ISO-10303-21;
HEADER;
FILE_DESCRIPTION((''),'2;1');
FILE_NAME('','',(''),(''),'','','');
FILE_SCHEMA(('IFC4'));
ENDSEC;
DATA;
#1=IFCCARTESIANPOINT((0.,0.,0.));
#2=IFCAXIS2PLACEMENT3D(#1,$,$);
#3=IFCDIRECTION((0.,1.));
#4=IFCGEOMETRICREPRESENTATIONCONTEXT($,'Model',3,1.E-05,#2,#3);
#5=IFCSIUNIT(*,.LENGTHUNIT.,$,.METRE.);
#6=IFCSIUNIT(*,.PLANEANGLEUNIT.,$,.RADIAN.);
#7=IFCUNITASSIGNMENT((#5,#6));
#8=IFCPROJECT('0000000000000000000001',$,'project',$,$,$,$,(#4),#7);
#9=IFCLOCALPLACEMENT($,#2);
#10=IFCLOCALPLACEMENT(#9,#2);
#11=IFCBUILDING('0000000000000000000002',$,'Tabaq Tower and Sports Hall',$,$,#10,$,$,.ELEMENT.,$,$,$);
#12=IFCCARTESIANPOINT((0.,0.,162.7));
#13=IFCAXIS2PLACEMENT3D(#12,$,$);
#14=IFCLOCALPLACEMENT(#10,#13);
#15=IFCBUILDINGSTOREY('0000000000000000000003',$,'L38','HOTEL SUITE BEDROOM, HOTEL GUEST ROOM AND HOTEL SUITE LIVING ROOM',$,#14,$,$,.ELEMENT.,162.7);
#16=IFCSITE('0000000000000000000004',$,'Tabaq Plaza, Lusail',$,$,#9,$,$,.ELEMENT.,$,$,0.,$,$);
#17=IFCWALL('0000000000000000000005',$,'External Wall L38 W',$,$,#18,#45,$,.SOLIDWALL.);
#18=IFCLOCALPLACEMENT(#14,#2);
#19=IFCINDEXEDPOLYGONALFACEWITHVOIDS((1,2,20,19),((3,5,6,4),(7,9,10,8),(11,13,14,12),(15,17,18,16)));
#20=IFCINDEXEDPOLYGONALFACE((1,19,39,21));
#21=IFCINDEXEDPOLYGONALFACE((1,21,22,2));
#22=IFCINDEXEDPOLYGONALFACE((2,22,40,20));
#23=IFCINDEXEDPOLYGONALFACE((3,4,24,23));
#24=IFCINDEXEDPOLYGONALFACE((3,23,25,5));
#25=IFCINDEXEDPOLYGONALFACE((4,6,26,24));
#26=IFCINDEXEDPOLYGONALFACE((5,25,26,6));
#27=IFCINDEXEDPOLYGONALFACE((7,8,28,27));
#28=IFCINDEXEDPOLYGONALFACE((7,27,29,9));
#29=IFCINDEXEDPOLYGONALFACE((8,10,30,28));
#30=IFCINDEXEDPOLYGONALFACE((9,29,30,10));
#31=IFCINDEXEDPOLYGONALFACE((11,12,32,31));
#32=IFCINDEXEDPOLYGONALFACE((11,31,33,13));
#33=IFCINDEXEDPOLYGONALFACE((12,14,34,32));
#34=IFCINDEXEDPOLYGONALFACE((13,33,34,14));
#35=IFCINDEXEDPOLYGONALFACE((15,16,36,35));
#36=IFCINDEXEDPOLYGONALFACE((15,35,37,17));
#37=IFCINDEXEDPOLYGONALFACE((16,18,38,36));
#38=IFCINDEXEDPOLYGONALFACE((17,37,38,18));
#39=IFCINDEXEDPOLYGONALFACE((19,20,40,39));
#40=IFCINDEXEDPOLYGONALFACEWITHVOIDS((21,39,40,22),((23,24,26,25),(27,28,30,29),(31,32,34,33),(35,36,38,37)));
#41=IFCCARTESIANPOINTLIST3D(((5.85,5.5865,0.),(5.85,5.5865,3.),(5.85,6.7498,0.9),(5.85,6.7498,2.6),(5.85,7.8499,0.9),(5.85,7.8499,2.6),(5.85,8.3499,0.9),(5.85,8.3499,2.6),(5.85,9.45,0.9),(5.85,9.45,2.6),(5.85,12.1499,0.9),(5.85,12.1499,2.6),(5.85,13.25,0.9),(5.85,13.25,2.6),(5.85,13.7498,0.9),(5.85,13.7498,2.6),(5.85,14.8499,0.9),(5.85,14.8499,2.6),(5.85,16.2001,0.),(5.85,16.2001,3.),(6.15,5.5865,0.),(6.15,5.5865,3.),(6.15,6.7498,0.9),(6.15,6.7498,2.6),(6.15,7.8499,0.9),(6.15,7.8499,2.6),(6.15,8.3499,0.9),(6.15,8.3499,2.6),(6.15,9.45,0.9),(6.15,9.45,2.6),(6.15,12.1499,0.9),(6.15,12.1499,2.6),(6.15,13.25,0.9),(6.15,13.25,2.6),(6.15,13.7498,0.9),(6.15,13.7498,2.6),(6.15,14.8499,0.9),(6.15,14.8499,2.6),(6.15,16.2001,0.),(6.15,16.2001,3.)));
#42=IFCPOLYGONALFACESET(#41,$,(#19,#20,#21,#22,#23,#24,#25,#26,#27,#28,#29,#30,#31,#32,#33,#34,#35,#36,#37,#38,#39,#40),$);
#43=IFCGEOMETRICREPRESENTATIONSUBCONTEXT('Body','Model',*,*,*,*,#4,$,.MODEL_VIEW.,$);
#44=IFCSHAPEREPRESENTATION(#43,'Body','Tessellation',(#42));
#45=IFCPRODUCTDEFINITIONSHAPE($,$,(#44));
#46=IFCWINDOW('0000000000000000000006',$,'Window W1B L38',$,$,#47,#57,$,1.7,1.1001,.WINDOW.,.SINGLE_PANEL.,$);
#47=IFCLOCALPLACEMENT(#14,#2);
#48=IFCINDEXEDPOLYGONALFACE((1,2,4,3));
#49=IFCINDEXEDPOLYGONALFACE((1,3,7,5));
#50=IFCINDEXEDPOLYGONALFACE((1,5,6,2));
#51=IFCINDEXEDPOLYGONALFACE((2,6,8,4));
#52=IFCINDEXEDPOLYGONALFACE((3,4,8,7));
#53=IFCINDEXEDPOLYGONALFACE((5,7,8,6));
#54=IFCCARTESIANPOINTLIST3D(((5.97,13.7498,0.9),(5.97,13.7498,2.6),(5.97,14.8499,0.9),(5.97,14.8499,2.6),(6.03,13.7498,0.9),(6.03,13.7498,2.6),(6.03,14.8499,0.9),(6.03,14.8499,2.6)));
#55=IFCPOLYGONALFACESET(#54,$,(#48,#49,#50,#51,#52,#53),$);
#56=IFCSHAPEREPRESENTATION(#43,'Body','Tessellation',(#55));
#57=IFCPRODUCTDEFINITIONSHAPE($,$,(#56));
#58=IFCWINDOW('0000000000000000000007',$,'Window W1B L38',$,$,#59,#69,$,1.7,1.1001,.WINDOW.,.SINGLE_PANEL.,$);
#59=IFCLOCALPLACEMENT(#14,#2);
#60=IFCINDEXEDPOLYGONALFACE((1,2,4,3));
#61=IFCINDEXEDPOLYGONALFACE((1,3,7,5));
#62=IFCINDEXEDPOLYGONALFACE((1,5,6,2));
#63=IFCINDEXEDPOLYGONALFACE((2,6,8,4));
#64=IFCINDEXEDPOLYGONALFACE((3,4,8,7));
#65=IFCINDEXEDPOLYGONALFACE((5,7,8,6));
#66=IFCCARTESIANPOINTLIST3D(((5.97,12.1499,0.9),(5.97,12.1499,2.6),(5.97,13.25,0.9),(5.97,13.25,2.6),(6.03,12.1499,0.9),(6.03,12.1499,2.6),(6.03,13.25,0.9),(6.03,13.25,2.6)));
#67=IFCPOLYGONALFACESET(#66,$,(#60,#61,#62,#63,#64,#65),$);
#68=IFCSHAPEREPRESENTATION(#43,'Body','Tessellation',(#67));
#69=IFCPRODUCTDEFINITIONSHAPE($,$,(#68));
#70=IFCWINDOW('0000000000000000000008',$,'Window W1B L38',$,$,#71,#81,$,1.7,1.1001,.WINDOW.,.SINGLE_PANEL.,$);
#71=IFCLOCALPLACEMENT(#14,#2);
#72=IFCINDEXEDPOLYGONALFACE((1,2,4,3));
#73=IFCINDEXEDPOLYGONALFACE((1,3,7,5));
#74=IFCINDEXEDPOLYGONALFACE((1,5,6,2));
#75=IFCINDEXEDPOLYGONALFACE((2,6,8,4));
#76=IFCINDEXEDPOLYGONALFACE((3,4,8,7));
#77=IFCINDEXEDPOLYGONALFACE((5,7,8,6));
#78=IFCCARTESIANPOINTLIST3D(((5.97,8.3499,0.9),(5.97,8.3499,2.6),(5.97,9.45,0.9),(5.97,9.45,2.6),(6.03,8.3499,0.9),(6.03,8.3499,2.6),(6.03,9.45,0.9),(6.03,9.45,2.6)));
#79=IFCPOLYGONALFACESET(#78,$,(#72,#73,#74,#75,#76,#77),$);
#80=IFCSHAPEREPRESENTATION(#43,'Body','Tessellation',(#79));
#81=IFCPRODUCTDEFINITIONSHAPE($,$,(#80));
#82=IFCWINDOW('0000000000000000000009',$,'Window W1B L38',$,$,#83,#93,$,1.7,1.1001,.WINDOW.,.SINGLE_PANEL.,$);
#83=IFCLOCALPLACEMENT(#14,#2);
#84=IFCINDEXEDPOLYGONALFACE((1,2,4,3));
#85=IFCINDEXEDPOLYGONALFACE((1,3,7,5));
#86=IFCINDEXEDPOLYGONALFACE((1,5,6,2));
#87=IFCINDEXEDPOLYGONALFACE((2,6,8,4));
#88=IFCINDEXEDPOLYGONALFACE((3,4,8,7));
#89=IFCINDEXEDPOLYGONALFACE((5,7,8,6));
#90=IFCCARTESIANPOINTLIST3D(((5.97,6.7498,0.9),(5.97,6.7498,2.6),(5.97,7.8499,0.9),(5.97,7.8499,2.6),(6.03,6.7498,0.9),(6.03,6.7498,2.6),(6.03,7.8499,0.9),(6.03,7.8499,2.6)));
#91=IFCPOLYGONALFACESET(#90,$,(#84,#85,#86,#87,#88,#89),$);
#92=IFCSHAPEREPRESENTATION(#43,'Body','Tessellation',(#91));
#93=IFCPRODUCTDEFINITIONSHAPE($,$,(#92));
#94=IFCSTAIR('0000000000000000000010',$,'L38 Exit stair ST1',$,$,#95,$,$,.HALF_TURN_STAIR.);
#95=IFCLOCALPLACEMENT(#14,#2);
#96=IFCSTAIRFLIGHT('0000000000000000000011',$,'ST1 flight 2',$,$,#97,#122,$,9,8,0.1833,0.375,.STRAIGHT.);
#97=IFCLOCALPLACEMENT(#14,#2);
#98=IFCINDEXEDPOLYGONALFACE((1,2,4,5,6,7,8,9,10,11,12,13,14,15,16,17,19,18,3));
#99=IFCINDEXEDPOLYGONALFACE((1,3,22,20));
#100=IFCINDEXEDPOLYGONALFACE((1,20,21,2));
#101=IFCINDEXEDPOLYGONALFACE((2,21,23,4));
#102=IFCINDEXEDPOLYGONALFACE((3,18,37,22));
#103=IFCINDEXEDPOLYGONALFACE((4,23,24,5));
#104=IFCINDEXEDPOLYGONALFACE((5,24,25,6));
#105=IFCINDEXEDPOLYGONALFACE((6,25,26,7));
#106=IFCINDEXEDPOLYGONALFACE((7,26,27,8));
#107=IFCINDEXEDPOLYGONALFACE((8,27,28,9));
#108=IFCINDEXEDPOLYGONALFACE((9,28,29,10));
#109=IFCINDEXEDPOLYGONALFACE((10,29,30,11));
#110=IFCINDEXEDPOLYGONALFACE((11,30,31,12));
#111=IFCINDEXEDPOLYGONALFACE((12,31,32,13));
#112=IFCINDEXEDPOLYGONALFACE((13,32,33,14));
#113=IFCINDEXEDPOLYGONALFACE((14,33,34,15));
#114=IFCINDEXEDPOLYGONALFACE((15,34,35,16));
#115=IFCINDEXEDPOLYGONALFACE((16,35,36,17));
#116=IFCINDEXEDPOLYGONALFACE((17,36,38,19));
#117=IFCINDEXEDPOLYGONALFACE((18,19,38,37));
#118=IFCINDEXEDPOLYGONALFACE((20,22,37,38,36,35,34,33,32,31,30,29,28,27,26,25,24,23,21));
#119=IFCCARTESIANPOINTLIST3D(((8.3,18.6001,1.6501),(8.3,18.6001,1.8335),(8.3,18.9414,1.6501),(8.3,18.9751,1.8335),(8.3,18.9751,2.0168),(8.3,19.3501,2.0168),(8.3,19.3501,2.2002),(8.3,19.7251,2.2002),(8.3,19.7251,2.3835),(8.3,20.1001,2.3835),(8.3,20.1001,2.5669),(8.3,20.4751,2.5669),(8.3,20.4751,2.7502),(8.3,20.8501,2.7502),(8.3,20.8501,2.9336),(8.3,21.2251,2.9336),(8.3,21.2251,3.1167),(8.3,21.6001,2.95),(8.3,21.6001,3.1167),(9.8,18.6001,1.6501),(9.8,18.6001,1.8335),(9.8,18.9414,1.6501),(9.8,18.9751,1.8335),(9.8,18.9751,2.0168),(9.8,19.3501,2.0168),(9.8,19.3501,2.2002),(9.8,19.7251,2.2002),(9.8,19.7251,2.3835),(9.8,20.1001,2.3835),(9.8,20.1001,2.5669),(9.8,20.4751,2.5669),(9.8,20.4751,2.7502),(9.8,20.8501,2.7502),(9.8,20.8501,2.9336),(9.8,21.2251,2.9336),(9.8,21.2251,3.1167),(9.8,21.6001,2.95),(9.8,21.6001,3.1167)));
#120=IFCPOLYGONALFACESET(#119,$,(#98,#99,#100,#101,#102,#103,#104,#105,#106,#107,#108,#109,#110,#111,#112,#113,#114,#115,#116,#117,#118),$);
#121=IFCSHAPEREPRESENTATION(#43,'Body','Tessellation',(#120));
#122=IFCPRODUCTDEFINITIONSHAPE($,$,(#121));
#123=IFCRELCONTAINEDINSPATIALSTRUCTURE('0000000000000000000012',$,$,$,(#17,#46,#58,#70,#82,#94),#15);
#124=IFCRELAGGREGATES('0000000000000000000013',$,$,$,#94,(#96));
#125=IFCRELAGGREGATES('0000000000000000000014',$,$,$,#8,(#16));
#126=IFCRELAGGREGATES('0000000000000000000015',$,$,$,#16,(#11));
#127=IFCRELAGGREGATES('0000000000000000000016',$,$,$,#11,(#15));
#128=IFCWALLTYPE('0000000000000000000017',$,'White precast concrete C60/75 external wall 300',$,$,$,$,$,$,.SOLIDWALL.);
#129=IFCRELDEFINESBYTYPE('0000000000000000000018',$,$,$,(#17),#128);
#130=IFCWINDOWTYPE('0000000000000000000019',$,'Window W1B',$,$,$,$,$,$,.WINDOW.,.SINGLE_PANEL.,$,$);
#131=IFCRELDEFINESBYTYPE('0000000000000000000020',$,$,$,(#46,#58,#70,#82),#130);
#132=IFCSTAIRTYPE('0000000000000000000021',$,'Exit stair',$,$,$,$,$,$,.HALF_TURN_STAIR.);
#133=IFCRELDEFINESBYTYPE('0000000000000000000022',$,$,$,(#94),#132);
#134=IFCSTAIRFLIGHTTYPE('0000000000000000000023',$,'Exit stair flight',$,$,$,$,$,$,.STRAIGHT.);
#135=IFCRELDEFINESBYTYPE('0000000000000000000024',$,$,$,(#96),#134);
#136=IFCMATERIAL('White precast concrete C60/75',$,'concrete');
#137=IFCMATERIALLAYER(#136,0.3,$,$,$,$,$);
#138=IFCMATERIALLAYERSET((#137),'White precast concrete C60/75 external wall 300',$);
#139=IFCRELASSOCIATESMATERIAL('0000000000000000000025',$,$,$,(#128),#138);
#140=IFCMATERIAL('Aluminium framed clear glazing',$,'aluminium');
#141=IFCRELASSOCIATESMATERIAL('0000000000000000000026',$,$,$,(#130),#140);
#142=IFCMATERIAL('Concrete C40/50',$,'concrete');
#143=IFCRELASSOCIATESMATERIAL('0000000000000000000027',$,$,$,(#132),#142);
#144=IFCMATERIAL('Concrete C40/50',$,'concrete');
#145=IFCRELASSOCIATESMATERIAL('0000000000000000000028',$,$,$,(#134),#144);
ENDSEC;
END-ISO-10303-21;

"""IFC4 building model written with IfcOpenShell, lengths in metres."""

from ifc_helpers import new_model, si_unit, direction, frame, frame_2d, origin, place, context, subcontext, project, spatial, polyline, rectangle, outline, extrude, material, layer, layer_set, type_object, element, fill, aggregate, save


model = new_model("IFC4")

# Units and contexts
model_context = context("Model", 3, precision=1e-05, world=origin(), true_north=direction((0.0, 1.0)))
body_context = subcontext(model_context, "Body", "Model", "MODEL_VIEW")
ifc_project = project(units=[si_unit("LENGTHUNIT", "METRE"), si_unit("PLANEANGLEUNIT", "RADIAN")], contexts=[model_context])

# Site, building, storey
site_placement = place(None, origin())
site = spatial("IfcSite", under=ifc_project, at=site_placement, Name="Tabaq Plaza, Lusail", CompositionType="ELEMENT", RefElevation=0.0)
building_placement = place(site_placement, origin())
building = spatial("IfcBuilding", under=site, at=building_placement, Name="Tabaq Tower and Sports Hall", CompositionType="ELEMENT")
storey_placement = place(building_placement, frame((0.0, 0.0, 162.7)))
storey = spatial("IfcBuildingStorey", under=building, at=storey_placement, Name="L38", Description="HOTEL SUITE BEDROOM, HOTEL GUEST ROOM AND HOTEL SUITE LIVING ROOM", CompositionType="ELEMENT", Elevation=162.7)

# Wall, openings, windows
ifc_material_1 = material(Name="White precast concrete C60/75", Category="concrete")
ifc_layer_1 = layer(ifc_material_1, 0.3)
ifc_layer_set_1 = layer_set([ifc_layer_1], Name="White precast concrete C60/75 external wall 300")
wall_type_1 = type_object("IfcWallType", Name="White precast concrete C60/75 external wall 300", PredefinedType="SOLIDWALL", material=ifc_layer_set_1)
wall_1_placement = place(storey_placement, frame((6.0, 16.2, 0.0), z_axis=(0.0, 0.0, 1.0), x_axis=(0.0, -1.0, 0.0)))
wall_1 = element("IfcWall", 1, at=wall_1_placement, inside=storey, type_object=wall_type_1, Name="External Wall L38 W", PredefinedType="SOLIDWALL", context=body_context, shape_type="SweptSolid", body=[
    extrude(rectangle(XDim=10.6135, YDim=0.3, at=frame_2d((5.3066, 0.0))), origin(), (0.0, 0.0, 1.0), 3.0),
])
opening_1_placement = place(wall_1_placement, frame((1.3501, 0.0, 0.8999)))
opening_1 = element("IfcOpeningElement", 2, at=opening_1_placement, cuts=wall_1, PredefinedType="OPENING", context=body_context, shape_type="SweptSolid", body=[
    extrude(rectangle(XDim=1.1001, YDim=1.7, at=frame_2d((0.55, 0.8501))), frame((0.0, 0.1602, 0.0), z_axis=(0.0, -1.0, 0.0), x_axis=(1.0, 0.0, 0.0)), (0.0, 0.0, 1.0), 0.3201),
])
opening_2_placement = place(wall_1_placement, frame((2.95, 0.0, 0.8999)))
opening_2 = element("IfcOpeningElement", 3, at=opening_2_placement, cuts=wall_1, PredefinedType="OPENING", context=body_context, shape_type="SweptSolid", body=[
    extrude(rectangle(XDim=1.1001, YDim=1.7, at=frame_2d((0.55, 0.8501))), frame((0.0, 0.1602, 0.0), z_axis=(0.0, -1.0, 0.0), x_axis=(1.0, 0.0, 0.0)), (0.0, 0.0, 1.0), 0.3201),
])
opening_3_placement = place(wall_1_placement, frame((6.75, 0.0, 0.8999)))
opening_3 = element("IfcOpeningElement", 4, at=opening_3_placement, cuts=wall_1, PredefinedType="OPENING", context=body_context, shape_type="SweptSolid", body=[
    extrude(rectangle(XDim=1.1001, YDim=1.7, at=frame_2d((0.55, 0.8501))), frame((0.0, 0.1602, 0.0), z_axis=(0.0, -1.0, 0.0), x_axis=(1.0, 0.0, 0.0)), (0.0, 0.0, 1.0), 0.3201),
])
opening_4_placement = place(wall_1_placement, frame((8.3501, 0.0, 0.8999)))
opening_4 = element("IfcOpeningElement", 5, at=opening_4_placement, cuts=wall_1, PredefinedType="OPENING", context=body_context, shape_type="SweptSolid", body=[
    extrude(rectangle(XDim=1.1001, YDim=1.7, at=frame_2d((0.55, 0.8501))), frame((0.0, 0.1602, 0.0), z_axis=(0.0, -1.0, 0.0), x_axis=(1.0, 0.0, 0.0)), (0.0, 0.0, 1.0), 0.3201),
])
ifc_material_2 = material(Name="Aluminium framed clear glazing", Category="aluminium")
window_type = type_object("IfcWindowType", Name="Window W1B", PartitioningType="SINGLE_PANEL", PredefinedType="WINDOW", material=ifc_material_2)
window_1_placement = place(opening_1_placement, origin())
window_1 = element("IfcWindow", 6, at=window_1_placement, inside=storey, type_object=window_type, Name="Window W1B L38", OverallHeight=1.7, OverallWidth=1.1001, PartitioningType="SINGLE_PANEL", PredefinedType="WINDOW", context=body_context, shape_type="SweptSolid", body=[
    extrude(rectangle(XDim=1.1001, YDim=1.7, at=frame_2d((0.55, 0.8501))), frame((0.0, 0.03, 0.0), z_axis=(0.0, -1.0, 0.0), x_axis=(1.0, 0.0, 0.0)), (0.0, 0.0, 1.0), 0.0601),
])
fill(opening_1, window_1)
window_2_placement = place(opening_2_placement, origin())
window_2 = element("IfcWindow", 7, at=window_2_placement, inside=storey, type_object=window_type, Name="Window W1B L38", OverallHeight=1.7, OverallWidth=1.1001, PartitioningType="SINGLE_PANEL", PredefinedType="WINDOW", context=body_context, shape_type="SweptSolid", body=[
    extrude(rectangle(XDim=1.1001, YDim=1.7, at=frame_2d((0.55, 0.8501))), frame((0.0, 0.03, 0.0), z_axis=(0.0, -1.0, 0.0), x_axis=(1.0, 0.0, 0.0)), (0.0, 0.0, 1.0), 0.0601),
])
fill(opening_2, window_2)
window_3_placement = place(opening_3_placement, origin())
window_3 = element("IfcWindow", 8, at=window_3_placement, inside=storey, type_object=window_type, Name="Window W1B L38", OverallHeight=1.7, OverallWidth=1.1001, PartitioningType="SINGLE_PANEL", PredefinedType="WINDOW", context=body_context, shape_type="SweptSolid", body=[
    extrude(rectangle(XDim=1.1001, YDim=1.7, at=frame_2d((0.55, 0.8501))), frame((0.0, 0.03, 0.0), z_axis=(0.0, -1.0, 0.0), x_axis=(1.0, 0.0, 0.0)), (0.0, 0.0, 1.0), 0.0601),
])
fill(opening_3, window_3)
window_4_placement = place(opening_4_placement, origin())
window_4 = element("IfcWindow", 9, at=window_4_placement, inside=storey, type_object=window_type, Name="Window W1B L38", OverallHeight=1.7, OverallWidth=1.1001, PartitioningType="SINGLE_PANEL", PredefinedType="WINDOW", context=body_context, shape_type="SweptSolid", body=[
    extrude(rectangle(XDim=1.1001, YDim=1.7, at=frame_2d((0.55, 0.8501))), frame((0.0, 0.03, 0.0), z_axis=(0.0, -1.0, 0.0), x_axis=(1.0, 0.0, 0.0)), (0.0, 0.0, 1.0), 0.0601),
])
fill(opening_4, window_4)

# Stair, stair flight
ifc_material_3 = material(Name="Concrete C40/50", Category="concrete")
stair_type = type_object("IfcStairType", Name="Exit stair", PredefinedType="HALF_TURN_STAIR", material=ifc_material_3)
stair_placement = place(storey_placement, origin())
stair = element("IfcStair", 10, at=stair_placement, inside=storey, type_object=stair_type, Name="L38 Exit stair ST1", PredefinedType="HALF_TURN_STAIR")
ifc_material_4 = material(Name="Concrete C40/50", Category="concrete")
stair_flight_type = type_object("IfcStairFlightType", Name="Exit stair flight", PredefinedType="STRAIGHT", material=ifc_material_4)
stair_flight_placement = place(storey_placement, frame((9.05, 18.6001, 1.6501), z_axis=(0.0, 0.0, 1.0), x_axis=(0.0, 1.0, 0.0)))
stair_flight = element("IfcStairFlight", 11, at=stair_flight_placement, type_object=stair_flight_type, Name="ST1 flight 2", NumberOfRisers=9, NumberOfTreads=8, PredefinedType="STRAIGHT", RiserHeight=0.1833, TreadLength=0.375, context=body_context, shape_type="SweptSolid", body=[
    extrude(outline(polyline([(0.0, 0.0), (0.0, 0.1833), (0.375, 0.1833), (0.375, 0.3667), (0.75, 0.3667), (0.75, 0.55), (1.125, 0.55), (1.125, 0.7334), (1.5, 0.7334), (1.5, 0.9167), (1.875, 0.9167), (1.875, 1.1001), (2.25, 1.1001), (2.25, 1.2834), (2.625, 1.2834), (2.625, 1.4666), (3.0, 1.4666), (3.0, 1.6499), (3.0, 1.2998), (0.3413, 0.0), (0.0, 0.0)])), frame((0.0, 0.75, 0.0), z_axis=(0.0, -1.0, 0.0), x_axis=(1.0, 0.0, 0.0)), (0.0, 0.0, 1.0), 1.5),
])
aggregate(stair, [stair_flight])

save(model, "model.ifc")
